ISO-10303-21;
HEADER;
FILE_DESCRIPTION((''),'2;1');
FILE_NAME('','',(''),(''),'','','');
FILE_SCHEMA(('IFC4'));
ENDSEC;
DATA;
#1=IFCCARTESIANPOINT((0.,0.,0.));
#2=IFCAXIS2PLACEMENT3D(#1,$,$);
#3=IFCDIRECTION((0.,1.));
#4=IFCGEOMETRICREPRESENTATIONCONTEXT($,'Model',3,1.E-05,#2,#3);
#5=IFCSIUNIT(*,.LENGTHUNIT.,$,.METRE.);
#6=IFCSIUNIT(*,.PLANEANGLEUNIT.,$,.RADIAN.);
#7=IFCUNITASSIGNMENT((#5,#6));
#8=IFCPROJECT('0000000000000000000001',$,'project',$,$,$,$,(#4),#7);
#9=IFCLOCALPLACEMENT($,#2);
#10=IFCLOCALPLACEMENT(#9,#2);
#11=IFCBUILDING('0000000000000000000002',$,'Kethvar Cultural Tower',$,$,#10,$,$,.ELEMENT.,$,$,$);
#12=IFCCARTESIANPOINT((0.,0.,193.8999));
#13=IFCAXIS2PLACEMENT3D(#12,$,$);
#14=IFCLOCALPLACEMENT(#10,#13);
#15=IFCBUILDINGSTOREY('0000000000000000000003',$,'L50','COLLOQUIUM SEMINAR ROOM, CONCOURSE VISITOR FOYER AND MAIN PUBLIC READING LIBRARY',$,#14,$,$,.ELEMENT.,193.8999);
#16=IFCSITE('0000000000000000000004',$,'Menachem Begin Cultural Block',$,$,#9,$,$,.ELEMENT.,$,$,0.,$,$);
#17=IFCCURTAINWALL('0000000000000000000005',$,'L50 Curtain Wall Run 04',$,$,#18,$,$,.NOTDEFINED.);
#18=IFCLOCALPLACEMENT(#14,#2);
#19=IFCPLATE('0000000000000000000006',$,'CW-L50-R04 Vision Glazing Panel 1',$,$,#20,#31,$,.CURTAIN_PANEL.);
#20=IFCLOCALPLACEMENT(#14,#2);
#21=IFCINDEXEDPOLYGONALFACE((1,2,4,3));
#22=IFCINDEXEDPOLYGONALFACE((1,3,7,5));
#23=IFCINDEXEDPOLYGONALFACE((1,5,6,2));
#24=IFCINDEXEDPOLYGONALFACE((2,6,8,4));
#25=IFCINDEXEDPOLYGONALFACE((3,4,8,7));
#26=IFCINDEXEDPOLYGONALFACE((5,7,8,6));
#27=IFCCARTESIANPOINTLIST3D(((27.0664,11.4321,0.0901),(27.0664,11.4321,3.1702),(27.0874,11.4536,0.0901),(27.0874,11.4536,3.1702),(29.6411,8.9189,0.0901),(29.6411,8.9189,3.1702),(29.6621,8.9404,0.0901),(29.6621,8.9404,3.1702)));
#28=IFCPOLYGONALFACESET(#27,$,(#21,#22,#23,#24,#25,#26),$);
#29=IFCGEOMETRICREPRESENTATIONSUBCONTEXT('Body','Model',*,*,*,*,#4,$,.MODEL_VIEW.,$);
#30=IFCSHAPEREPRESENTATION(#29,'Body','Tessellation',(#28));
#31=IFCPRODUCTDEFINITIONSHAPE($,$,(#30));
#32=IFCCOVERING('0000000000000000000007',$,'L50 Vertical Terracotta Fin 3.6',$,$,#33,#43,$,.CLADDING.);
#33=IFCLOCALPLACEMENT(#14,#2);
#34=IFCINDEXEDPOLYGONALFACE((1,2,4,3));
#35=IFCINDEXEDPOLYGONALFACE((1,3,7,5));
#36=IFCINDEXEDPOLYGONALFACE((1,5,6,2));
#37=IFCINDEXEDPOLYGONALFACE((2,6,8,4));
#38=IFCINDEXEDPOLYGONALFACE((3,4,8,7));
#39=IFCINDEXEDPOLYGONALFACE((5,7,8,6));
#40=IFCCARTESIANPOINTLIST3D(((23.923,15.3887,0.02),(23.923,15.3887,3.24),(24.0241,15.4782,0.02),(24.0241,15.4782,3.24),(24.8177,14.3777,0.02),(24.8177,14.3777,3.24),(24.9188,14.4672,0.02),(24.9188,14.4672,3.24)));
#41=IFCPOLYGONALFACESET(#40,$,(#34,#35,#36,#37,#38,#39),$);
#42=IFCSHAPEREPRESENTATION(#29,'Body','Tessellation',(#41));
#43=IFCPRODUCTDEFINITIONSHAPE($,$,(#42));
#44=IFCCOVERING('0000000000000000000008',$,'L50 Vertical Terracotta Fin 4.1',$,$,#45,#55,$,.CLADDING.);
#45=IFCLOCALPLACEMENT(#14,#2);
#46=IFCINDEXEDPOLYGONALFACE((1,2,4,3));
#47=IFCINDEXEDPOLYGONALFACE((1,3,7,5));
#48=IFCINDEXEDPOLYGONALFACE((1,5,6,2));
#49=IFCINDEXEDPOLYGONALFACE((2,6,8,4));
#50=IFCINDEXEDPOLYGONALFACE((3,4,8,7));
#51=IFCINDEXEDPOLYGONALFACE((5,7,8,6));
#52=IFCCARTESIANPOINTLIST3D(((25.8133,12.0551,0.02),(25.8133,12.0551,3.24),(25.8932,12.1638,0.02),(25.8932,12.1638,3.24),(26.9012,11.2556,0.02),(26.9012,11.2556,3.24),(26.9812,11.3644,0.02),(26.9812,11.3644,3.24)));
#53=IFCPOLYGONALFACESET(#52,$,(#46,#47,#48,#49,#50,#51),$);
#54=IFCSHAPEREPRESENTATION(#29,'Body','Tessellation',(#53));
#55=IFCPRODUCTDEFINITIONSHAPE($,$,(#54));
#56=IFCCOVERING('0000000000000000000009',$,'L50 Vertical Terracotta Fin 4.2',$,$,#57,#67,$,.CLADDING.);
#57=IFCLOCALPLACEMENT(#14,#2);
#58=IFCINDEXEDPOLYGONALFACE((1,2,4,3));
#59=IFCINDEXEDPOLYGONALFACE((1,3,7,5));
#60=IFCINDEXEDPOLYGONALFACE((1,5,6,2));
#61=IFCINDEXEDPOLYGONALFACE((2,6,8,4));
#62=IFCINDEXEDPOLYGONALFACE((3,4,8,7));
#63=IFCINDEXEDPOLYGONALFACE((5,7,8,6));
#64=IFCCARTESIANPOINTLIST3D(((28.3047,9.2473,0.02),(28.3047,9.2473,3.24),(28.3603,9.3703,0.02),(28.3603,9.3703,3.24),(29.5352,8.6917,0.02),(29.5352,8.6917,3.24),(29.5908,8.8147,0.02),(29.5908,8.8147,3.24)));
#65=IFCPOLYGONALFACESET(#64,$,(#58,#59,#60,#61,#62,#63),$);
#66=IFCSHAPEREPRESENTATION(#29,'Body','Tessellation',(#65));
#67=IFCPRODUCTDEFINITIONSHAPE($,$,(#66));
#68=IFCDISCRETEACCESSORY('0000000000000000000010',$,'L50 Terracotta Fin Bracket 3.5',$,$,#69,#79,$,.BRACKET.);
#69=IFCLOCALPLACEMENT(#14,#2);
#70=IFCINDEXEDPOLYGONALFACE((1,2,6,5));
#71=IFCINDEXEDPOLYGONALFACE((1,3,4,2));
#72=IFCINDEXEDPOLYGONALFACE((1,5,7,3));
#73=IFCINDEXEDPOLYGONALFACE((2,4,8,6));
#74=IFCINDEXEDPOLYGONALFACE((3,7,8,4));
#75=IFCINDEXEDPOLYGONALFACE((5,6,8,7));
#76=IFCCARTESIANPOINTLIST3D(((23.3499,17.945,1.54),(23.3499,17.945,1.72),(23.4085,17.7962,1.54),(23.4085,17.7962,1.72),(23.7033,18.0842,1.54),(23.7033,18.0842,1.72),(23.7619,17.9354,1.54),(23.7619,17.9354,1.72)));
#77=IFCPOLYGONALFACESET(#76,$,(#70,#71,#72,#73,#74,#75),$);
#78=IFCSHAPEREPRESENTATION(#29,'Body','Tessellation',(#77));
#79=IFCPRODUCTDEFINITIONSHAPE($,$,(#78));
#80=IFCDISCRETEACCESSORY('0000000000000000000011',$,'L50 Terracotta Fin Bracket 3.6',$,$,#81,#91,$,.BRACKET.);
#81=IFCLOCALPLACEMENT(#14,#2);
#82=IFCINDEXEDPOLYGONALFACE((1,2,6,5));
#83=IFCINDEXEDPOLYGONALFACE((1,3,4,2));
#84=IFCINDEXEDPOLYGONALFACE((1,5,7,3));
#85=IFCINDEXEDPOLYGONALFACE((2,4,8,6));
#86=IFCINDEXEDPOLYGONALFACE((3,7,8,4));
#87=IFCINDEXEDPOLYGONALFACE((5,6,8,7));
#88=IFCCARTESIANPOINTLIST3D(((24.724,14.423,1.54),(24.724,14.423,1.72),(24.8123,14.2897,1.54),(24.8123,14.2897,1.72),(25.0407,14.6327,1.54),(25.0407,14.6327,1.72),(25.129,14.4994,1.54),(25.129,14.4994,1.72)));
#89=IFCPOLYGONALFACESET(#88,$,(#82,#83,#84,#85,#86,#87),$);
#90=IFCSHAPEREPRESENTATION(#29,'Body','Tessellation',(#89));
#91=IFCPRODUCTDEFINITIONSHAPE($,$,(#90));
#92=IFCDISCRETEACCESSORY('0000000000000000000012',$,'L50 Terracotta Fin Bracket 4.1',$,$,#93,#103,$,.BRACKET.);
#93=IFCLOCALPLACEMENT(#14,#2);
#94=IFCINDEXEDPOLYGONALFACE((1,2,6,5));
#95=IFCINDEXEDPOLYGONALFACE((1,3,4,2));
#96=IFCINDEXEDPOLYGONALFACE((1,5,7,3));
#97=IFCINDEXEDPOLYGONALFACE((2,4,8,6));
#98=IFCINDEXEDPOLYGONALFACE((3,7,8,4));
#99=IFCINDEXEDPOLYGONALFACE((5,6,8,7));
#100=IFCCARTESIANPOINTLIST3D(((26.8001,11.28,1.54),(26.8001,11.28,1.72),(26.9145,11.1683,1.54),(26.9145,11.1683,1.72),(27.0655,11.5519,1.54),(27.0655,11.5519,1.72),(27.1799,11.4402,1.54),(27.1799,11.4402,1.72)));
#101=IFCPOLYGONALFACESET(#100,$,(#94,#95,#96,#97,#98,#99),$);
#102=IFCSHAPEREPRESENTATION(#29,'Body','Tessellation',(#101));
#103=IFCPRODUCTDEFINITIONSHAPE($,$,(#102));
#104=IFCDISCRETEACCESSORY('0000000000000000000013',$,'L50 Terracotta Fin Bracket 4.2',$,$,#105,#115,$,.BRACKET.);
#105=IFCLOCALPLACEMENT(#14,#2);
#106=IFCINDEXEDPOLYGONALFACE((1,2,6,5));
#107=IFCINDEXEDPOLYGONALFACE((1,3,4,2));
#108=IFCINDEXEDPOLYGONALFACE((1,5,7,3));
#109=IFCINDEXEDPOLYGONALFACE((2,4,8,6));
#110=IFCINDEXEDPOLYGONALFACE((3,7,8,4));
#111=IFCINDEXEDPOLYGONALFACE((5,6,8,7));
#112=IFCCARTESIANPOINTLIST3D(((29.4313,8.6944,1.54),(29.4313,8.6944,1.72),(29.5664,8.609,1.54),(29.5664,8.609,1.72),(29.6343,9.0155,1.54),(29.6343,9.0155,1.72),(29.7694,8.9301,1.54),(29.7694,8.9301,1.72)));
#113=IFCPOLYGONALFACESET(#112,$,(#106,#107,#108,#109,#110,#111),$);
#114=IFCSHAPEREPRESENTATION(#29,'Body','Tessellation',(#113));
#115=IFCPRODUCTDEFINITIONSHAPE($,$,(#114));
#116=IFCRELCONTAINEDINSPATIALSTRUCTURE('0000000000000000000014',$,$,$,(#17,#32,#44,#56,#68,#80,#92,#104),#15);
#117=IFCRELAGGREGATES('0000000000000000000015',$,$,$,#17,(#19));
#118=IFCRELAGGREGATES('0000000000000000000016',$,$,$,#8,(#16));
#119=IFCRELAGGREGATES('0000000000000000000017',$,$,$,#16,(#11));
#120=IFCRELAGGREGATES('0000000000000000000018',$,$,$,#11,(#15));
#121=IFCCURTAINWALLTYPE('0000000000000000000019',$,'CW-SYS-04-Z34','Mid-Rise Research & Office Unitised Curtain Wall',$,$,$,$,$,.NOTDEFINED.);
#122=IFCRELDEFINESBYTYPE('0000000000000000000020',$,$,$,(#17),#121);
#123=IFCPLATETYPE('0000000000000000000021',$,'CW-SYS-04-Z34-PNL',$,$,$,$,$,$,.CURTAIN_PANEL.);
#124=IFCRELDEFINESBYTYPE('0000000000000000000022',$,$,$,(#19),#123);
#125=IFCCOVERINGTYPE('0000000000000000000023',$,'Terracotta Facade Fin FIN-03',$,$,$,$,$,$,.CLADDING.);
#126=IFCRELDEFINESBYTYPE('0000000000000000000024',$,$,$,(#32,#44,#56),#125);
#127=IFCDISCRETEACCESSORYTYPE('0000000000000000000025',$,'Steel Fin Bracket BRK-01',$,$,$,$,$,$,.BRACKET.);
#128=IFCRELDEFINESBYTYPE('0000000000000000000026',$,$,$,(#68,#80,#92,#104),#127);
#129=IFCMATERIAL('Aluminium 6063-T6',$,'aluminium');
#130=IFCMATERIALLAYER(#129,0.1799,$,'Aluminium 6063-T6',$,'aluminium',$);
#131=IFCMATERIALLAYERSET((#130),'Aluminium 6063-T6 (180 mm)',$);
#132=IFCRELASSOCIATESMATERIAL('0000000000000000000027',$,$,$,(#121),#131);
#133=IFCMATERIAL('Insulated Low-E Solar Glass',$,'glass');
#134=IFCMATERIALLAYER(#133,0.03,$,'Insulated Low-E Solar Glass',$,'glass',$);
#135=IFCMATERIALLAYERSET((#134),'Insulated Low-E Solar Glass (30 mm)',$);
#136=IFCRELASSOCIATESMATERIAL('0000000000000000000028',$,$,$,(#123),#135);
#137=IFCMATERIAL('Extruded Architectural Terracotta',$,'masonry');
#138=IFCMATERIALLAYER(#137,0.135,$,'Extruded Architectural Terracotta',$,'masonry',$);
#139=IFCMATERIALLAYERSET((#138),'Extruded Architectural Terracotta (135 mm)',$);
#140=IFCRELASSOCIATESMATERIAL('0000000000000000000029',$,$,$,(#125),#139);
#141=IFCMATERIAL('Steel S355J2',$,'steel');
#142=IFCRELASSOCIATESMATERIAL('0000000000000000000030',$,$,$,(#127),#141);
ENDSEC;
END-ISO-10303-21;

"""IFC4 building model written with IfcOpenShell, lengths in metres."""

from ifc_helpers import new_model, si_unit, direction, frame, origin, origin_2d, place, context, subcontext, project, spatial, rectangle, extrude, source, transform, mapped, material, layer, layer_set, type_object, element, aggregate, save


model = new_model("IFC4")

# Units and contexts
model_context = context("Model", 3, precision=1e-05, world=origin(), true_north=direction((0.0, 1.0)))
body_context = subcontext(model_context, "Body", "Model", "MODEL_VIEW")
ifc_project = project(units=[si_unit("LENGTHUNIT", "METRE"), si_unit("PLANEANGLEUNIT", "RADIAN")], contexts=[model_context])

# Site, building, storey
site_placement = place(None, origin())
site = spatial("IfcSite", under=ifc_project, at=site_placement, Name="Menachem Begin Cultural Block", CompositionType="ELEMENT", RefElevation=0.0)
building_placement = place(site_placement, origin())
building = spatial("IfcBuilding", under=site, at=building_placement, Name="Kethvar Cultural Tower", CompositionType="ELEMENT")
storey_placement = place(building_placement, frame((0.0, 0.0, 193.8999)))
storey = spatial("IfcBuildingStorey", under=building, at=storey_placement, Name="L50", Description="COLLOQUIUM SEMINAR ROOM, CONCOURSE VISITOR FOYER AND MAIN PUBLIC READING LIBRARY", CompositionType="ELEMENT", Elevation=193.8999)

# Shared definitions
ifc_material_1 = material(Name="Steel S355J2", Category="steel")

# Curtain wall
ifc_material_2 = material(Name="Aluminium 6063-T6", Category="aluminium")
ifc_layer_1 = layer(ifc_material_2, 0.1799, Name="Aluminium 6063-T6", Category="aluminium")
ifc_layer_set_1 = layer_set([ifc_layer_1], Name="Aluminium 6063-T6 (180 mm)")
curtain_wall_type = type_object("IfcCurtainWallType", Name="CW-SYS-04-Z34", Description="Mid-Rise Research & Office Unitised Curtain Wall", PredefinedType="NOTDEFINED", material=ifc_layer_set_1)
curtain_wall_1_placement = place(storey_placement, origin())
curtain_wall_1 = element("IfcCurtainWall", 1, at=curtain_wall_1_placement, inside=storey, type_object=curtain_wall_type, Name="L50 Curtain Wall Run 04", PredefinedType="NOTDEFINED")

# Plate
ifc_material_3 = material(Name="Insulated Low-E Solar Glass", Category="glass")
ifc_layer_2 = layer(ifc_material_3, 0.03, Name="Insulated Low-E Solar Glass", Category="glass")
ifc_layer_set_2 = layer_set([ifc_layer_2], Name="Insulated Low-E Solar Glass (30 mm)")
plate_type = type_object("IfcPlateType", Name="CW-SYS-04-Z34-PNL", PredefinedType="CURTAIN_PANEL", material=ifc_layer_set_2)
shared_shape_1 = source(origin(), body_context, "Body", "SweptSolid", [
    extrude(rectangle(XDim=3.5979, YDim=0.03, at=origin_2d()), origin(), (0.0, 0.0, 1.0), 3.0801),
])
plate_1_placement = place(storey_placement, frame((28.3643, 10.1863, 0.0901), z_axis=(0.0, 0.0, 1.0), x_axis=(0.715595, -0.698515, 0.0)))
plate_1 = element("IfcPlate", 2, at=plate_1_placement, type_object=plate_type, Name="CW-L50-R04 Vision Glazing Panel 1", PredefinedType="CURTAIN_PANEL", context=body_context, shape_type="MappedRepresentation", body=[
    mapped(shared_shape_1, transform((0.0, 0.0, 0.0), scale=1.0)),
])
aggregate(curtain_wall_1, [plate_1])

# Coverings
ifc_material_4 = material(Name="Extruded Architectural Terracotta", Category="masonry")
ifc_layer_3 = layer(ifc_material_4, 0.135, Name="Extruded Architectural Terracotta", Category="masonry")
ifc_layer_set_3 = layer_set([ifc_layer_3], Name="Extruded Architectural Terracotta (135 mm)")
covering_type = type_object("IfcCoveringType", Name="Terracotta Facade Fin FIN-03", PredefinedType="CLADDING", material=ifc_layer_set_3)
shared_shape_2 = source(origin(), body_context, "Body", "SweptSolid", [
    extrude(rectangle(XDim=1.3501, YDim=0.135, at=origin_2d()), origin(), (0.0, 0.0, 1.0), 3.22),
])
for number, where, z_axis, x_axis, name in (
    (3, (24.4209, 14.928, 0.02), (0.0, 0.0, 1.0), (-0.662751, 0.74884, 0.0), "L50 Vertical Terracotta Fin 3.6"),
    (4, (26.3972, 11.7097, 0.02), (0.0, 0.0, 1.0), (-0.805825, 0.592154, 0.0), "L50 Vertical Terracotta Fin 4.1"),
    (5, (28.9478, 9.031, 0.02), (0.0, 0.0, 1.0), (-0.911403, 0.411514, 0.0), "L50 Vertical Terracotta Fin 4.2"),
):
    element("IfcCovering", number, at=place(storey_placement, frame(where, z_axis=z_axis, x_axis=x_axis)), inside=storey, type_object=covering_type, Name=name, PredefinedType="CLADDING", context=body_context, shape_type="MappedRepresentation", body=[
        mapped(shared_shape_2, transform((0.0, 0.0, 0.0), scale=1.0)),
    ])

# Discrete accessories
discrete_accessory_type = type_object("IfcDiscreteAccessoryType", Name="Steel Fin Bracket BRK-01", PredefinedType="BRACKET", material=ifc_material_1)
shared_shape_3 = source(origin(), body_context, "Body", "SweptSolid", [
    extrude(rectangle(XDim=0.3799, YDim=0.1599, at=origin_2d()), origin(), (0.0, 0.0, 1.0), 0.1799),
])
for number, where, z_axis, x_axis, name in (
    (6, (23.5559, 17.9402, 1.54), (0.0, 0.0, 1.0), (-0.930418, -0.366501, 0.0), "L50 Terracotta Fin Bracket 3.5"),
    (7, (24.9265, 14.4612, 1.54), (0.0, 0.0, 1.0), (-0.833789, -0.552083, 0.0), "L50 Terracotta Fin Bracket 3.6"),
    (8, (26.99, 11.3601, 1.54), (0.0, 0.0, 1.0), (-0.69854, -0.715571, 0.0), "L50 Terracotta Fin Bracket 4.1"),
    (9, (29.6003, 8.8123, 1.54), (0.0, 0.0, 1.0), (-0.534352, -0.845262, 0.0), "L50 Terracotta Fin Bracket 4.2"),
):
    element("IfcDiscreteAccessory", number, at=place(storey_placement, frame(where, z_axis=z_axis, x_axis=x_axis)), inside=storey, type_object=discrete_accessory_type, Name=name, PredefinedType="BRACKET", context=body_context, shape_type="MappedRepresentation", body=[
        mapped(shared_shape_3, transform((0.0, 0.0, 0.0), scale=1.0)),
    ])

save(model, "model.ifc")
